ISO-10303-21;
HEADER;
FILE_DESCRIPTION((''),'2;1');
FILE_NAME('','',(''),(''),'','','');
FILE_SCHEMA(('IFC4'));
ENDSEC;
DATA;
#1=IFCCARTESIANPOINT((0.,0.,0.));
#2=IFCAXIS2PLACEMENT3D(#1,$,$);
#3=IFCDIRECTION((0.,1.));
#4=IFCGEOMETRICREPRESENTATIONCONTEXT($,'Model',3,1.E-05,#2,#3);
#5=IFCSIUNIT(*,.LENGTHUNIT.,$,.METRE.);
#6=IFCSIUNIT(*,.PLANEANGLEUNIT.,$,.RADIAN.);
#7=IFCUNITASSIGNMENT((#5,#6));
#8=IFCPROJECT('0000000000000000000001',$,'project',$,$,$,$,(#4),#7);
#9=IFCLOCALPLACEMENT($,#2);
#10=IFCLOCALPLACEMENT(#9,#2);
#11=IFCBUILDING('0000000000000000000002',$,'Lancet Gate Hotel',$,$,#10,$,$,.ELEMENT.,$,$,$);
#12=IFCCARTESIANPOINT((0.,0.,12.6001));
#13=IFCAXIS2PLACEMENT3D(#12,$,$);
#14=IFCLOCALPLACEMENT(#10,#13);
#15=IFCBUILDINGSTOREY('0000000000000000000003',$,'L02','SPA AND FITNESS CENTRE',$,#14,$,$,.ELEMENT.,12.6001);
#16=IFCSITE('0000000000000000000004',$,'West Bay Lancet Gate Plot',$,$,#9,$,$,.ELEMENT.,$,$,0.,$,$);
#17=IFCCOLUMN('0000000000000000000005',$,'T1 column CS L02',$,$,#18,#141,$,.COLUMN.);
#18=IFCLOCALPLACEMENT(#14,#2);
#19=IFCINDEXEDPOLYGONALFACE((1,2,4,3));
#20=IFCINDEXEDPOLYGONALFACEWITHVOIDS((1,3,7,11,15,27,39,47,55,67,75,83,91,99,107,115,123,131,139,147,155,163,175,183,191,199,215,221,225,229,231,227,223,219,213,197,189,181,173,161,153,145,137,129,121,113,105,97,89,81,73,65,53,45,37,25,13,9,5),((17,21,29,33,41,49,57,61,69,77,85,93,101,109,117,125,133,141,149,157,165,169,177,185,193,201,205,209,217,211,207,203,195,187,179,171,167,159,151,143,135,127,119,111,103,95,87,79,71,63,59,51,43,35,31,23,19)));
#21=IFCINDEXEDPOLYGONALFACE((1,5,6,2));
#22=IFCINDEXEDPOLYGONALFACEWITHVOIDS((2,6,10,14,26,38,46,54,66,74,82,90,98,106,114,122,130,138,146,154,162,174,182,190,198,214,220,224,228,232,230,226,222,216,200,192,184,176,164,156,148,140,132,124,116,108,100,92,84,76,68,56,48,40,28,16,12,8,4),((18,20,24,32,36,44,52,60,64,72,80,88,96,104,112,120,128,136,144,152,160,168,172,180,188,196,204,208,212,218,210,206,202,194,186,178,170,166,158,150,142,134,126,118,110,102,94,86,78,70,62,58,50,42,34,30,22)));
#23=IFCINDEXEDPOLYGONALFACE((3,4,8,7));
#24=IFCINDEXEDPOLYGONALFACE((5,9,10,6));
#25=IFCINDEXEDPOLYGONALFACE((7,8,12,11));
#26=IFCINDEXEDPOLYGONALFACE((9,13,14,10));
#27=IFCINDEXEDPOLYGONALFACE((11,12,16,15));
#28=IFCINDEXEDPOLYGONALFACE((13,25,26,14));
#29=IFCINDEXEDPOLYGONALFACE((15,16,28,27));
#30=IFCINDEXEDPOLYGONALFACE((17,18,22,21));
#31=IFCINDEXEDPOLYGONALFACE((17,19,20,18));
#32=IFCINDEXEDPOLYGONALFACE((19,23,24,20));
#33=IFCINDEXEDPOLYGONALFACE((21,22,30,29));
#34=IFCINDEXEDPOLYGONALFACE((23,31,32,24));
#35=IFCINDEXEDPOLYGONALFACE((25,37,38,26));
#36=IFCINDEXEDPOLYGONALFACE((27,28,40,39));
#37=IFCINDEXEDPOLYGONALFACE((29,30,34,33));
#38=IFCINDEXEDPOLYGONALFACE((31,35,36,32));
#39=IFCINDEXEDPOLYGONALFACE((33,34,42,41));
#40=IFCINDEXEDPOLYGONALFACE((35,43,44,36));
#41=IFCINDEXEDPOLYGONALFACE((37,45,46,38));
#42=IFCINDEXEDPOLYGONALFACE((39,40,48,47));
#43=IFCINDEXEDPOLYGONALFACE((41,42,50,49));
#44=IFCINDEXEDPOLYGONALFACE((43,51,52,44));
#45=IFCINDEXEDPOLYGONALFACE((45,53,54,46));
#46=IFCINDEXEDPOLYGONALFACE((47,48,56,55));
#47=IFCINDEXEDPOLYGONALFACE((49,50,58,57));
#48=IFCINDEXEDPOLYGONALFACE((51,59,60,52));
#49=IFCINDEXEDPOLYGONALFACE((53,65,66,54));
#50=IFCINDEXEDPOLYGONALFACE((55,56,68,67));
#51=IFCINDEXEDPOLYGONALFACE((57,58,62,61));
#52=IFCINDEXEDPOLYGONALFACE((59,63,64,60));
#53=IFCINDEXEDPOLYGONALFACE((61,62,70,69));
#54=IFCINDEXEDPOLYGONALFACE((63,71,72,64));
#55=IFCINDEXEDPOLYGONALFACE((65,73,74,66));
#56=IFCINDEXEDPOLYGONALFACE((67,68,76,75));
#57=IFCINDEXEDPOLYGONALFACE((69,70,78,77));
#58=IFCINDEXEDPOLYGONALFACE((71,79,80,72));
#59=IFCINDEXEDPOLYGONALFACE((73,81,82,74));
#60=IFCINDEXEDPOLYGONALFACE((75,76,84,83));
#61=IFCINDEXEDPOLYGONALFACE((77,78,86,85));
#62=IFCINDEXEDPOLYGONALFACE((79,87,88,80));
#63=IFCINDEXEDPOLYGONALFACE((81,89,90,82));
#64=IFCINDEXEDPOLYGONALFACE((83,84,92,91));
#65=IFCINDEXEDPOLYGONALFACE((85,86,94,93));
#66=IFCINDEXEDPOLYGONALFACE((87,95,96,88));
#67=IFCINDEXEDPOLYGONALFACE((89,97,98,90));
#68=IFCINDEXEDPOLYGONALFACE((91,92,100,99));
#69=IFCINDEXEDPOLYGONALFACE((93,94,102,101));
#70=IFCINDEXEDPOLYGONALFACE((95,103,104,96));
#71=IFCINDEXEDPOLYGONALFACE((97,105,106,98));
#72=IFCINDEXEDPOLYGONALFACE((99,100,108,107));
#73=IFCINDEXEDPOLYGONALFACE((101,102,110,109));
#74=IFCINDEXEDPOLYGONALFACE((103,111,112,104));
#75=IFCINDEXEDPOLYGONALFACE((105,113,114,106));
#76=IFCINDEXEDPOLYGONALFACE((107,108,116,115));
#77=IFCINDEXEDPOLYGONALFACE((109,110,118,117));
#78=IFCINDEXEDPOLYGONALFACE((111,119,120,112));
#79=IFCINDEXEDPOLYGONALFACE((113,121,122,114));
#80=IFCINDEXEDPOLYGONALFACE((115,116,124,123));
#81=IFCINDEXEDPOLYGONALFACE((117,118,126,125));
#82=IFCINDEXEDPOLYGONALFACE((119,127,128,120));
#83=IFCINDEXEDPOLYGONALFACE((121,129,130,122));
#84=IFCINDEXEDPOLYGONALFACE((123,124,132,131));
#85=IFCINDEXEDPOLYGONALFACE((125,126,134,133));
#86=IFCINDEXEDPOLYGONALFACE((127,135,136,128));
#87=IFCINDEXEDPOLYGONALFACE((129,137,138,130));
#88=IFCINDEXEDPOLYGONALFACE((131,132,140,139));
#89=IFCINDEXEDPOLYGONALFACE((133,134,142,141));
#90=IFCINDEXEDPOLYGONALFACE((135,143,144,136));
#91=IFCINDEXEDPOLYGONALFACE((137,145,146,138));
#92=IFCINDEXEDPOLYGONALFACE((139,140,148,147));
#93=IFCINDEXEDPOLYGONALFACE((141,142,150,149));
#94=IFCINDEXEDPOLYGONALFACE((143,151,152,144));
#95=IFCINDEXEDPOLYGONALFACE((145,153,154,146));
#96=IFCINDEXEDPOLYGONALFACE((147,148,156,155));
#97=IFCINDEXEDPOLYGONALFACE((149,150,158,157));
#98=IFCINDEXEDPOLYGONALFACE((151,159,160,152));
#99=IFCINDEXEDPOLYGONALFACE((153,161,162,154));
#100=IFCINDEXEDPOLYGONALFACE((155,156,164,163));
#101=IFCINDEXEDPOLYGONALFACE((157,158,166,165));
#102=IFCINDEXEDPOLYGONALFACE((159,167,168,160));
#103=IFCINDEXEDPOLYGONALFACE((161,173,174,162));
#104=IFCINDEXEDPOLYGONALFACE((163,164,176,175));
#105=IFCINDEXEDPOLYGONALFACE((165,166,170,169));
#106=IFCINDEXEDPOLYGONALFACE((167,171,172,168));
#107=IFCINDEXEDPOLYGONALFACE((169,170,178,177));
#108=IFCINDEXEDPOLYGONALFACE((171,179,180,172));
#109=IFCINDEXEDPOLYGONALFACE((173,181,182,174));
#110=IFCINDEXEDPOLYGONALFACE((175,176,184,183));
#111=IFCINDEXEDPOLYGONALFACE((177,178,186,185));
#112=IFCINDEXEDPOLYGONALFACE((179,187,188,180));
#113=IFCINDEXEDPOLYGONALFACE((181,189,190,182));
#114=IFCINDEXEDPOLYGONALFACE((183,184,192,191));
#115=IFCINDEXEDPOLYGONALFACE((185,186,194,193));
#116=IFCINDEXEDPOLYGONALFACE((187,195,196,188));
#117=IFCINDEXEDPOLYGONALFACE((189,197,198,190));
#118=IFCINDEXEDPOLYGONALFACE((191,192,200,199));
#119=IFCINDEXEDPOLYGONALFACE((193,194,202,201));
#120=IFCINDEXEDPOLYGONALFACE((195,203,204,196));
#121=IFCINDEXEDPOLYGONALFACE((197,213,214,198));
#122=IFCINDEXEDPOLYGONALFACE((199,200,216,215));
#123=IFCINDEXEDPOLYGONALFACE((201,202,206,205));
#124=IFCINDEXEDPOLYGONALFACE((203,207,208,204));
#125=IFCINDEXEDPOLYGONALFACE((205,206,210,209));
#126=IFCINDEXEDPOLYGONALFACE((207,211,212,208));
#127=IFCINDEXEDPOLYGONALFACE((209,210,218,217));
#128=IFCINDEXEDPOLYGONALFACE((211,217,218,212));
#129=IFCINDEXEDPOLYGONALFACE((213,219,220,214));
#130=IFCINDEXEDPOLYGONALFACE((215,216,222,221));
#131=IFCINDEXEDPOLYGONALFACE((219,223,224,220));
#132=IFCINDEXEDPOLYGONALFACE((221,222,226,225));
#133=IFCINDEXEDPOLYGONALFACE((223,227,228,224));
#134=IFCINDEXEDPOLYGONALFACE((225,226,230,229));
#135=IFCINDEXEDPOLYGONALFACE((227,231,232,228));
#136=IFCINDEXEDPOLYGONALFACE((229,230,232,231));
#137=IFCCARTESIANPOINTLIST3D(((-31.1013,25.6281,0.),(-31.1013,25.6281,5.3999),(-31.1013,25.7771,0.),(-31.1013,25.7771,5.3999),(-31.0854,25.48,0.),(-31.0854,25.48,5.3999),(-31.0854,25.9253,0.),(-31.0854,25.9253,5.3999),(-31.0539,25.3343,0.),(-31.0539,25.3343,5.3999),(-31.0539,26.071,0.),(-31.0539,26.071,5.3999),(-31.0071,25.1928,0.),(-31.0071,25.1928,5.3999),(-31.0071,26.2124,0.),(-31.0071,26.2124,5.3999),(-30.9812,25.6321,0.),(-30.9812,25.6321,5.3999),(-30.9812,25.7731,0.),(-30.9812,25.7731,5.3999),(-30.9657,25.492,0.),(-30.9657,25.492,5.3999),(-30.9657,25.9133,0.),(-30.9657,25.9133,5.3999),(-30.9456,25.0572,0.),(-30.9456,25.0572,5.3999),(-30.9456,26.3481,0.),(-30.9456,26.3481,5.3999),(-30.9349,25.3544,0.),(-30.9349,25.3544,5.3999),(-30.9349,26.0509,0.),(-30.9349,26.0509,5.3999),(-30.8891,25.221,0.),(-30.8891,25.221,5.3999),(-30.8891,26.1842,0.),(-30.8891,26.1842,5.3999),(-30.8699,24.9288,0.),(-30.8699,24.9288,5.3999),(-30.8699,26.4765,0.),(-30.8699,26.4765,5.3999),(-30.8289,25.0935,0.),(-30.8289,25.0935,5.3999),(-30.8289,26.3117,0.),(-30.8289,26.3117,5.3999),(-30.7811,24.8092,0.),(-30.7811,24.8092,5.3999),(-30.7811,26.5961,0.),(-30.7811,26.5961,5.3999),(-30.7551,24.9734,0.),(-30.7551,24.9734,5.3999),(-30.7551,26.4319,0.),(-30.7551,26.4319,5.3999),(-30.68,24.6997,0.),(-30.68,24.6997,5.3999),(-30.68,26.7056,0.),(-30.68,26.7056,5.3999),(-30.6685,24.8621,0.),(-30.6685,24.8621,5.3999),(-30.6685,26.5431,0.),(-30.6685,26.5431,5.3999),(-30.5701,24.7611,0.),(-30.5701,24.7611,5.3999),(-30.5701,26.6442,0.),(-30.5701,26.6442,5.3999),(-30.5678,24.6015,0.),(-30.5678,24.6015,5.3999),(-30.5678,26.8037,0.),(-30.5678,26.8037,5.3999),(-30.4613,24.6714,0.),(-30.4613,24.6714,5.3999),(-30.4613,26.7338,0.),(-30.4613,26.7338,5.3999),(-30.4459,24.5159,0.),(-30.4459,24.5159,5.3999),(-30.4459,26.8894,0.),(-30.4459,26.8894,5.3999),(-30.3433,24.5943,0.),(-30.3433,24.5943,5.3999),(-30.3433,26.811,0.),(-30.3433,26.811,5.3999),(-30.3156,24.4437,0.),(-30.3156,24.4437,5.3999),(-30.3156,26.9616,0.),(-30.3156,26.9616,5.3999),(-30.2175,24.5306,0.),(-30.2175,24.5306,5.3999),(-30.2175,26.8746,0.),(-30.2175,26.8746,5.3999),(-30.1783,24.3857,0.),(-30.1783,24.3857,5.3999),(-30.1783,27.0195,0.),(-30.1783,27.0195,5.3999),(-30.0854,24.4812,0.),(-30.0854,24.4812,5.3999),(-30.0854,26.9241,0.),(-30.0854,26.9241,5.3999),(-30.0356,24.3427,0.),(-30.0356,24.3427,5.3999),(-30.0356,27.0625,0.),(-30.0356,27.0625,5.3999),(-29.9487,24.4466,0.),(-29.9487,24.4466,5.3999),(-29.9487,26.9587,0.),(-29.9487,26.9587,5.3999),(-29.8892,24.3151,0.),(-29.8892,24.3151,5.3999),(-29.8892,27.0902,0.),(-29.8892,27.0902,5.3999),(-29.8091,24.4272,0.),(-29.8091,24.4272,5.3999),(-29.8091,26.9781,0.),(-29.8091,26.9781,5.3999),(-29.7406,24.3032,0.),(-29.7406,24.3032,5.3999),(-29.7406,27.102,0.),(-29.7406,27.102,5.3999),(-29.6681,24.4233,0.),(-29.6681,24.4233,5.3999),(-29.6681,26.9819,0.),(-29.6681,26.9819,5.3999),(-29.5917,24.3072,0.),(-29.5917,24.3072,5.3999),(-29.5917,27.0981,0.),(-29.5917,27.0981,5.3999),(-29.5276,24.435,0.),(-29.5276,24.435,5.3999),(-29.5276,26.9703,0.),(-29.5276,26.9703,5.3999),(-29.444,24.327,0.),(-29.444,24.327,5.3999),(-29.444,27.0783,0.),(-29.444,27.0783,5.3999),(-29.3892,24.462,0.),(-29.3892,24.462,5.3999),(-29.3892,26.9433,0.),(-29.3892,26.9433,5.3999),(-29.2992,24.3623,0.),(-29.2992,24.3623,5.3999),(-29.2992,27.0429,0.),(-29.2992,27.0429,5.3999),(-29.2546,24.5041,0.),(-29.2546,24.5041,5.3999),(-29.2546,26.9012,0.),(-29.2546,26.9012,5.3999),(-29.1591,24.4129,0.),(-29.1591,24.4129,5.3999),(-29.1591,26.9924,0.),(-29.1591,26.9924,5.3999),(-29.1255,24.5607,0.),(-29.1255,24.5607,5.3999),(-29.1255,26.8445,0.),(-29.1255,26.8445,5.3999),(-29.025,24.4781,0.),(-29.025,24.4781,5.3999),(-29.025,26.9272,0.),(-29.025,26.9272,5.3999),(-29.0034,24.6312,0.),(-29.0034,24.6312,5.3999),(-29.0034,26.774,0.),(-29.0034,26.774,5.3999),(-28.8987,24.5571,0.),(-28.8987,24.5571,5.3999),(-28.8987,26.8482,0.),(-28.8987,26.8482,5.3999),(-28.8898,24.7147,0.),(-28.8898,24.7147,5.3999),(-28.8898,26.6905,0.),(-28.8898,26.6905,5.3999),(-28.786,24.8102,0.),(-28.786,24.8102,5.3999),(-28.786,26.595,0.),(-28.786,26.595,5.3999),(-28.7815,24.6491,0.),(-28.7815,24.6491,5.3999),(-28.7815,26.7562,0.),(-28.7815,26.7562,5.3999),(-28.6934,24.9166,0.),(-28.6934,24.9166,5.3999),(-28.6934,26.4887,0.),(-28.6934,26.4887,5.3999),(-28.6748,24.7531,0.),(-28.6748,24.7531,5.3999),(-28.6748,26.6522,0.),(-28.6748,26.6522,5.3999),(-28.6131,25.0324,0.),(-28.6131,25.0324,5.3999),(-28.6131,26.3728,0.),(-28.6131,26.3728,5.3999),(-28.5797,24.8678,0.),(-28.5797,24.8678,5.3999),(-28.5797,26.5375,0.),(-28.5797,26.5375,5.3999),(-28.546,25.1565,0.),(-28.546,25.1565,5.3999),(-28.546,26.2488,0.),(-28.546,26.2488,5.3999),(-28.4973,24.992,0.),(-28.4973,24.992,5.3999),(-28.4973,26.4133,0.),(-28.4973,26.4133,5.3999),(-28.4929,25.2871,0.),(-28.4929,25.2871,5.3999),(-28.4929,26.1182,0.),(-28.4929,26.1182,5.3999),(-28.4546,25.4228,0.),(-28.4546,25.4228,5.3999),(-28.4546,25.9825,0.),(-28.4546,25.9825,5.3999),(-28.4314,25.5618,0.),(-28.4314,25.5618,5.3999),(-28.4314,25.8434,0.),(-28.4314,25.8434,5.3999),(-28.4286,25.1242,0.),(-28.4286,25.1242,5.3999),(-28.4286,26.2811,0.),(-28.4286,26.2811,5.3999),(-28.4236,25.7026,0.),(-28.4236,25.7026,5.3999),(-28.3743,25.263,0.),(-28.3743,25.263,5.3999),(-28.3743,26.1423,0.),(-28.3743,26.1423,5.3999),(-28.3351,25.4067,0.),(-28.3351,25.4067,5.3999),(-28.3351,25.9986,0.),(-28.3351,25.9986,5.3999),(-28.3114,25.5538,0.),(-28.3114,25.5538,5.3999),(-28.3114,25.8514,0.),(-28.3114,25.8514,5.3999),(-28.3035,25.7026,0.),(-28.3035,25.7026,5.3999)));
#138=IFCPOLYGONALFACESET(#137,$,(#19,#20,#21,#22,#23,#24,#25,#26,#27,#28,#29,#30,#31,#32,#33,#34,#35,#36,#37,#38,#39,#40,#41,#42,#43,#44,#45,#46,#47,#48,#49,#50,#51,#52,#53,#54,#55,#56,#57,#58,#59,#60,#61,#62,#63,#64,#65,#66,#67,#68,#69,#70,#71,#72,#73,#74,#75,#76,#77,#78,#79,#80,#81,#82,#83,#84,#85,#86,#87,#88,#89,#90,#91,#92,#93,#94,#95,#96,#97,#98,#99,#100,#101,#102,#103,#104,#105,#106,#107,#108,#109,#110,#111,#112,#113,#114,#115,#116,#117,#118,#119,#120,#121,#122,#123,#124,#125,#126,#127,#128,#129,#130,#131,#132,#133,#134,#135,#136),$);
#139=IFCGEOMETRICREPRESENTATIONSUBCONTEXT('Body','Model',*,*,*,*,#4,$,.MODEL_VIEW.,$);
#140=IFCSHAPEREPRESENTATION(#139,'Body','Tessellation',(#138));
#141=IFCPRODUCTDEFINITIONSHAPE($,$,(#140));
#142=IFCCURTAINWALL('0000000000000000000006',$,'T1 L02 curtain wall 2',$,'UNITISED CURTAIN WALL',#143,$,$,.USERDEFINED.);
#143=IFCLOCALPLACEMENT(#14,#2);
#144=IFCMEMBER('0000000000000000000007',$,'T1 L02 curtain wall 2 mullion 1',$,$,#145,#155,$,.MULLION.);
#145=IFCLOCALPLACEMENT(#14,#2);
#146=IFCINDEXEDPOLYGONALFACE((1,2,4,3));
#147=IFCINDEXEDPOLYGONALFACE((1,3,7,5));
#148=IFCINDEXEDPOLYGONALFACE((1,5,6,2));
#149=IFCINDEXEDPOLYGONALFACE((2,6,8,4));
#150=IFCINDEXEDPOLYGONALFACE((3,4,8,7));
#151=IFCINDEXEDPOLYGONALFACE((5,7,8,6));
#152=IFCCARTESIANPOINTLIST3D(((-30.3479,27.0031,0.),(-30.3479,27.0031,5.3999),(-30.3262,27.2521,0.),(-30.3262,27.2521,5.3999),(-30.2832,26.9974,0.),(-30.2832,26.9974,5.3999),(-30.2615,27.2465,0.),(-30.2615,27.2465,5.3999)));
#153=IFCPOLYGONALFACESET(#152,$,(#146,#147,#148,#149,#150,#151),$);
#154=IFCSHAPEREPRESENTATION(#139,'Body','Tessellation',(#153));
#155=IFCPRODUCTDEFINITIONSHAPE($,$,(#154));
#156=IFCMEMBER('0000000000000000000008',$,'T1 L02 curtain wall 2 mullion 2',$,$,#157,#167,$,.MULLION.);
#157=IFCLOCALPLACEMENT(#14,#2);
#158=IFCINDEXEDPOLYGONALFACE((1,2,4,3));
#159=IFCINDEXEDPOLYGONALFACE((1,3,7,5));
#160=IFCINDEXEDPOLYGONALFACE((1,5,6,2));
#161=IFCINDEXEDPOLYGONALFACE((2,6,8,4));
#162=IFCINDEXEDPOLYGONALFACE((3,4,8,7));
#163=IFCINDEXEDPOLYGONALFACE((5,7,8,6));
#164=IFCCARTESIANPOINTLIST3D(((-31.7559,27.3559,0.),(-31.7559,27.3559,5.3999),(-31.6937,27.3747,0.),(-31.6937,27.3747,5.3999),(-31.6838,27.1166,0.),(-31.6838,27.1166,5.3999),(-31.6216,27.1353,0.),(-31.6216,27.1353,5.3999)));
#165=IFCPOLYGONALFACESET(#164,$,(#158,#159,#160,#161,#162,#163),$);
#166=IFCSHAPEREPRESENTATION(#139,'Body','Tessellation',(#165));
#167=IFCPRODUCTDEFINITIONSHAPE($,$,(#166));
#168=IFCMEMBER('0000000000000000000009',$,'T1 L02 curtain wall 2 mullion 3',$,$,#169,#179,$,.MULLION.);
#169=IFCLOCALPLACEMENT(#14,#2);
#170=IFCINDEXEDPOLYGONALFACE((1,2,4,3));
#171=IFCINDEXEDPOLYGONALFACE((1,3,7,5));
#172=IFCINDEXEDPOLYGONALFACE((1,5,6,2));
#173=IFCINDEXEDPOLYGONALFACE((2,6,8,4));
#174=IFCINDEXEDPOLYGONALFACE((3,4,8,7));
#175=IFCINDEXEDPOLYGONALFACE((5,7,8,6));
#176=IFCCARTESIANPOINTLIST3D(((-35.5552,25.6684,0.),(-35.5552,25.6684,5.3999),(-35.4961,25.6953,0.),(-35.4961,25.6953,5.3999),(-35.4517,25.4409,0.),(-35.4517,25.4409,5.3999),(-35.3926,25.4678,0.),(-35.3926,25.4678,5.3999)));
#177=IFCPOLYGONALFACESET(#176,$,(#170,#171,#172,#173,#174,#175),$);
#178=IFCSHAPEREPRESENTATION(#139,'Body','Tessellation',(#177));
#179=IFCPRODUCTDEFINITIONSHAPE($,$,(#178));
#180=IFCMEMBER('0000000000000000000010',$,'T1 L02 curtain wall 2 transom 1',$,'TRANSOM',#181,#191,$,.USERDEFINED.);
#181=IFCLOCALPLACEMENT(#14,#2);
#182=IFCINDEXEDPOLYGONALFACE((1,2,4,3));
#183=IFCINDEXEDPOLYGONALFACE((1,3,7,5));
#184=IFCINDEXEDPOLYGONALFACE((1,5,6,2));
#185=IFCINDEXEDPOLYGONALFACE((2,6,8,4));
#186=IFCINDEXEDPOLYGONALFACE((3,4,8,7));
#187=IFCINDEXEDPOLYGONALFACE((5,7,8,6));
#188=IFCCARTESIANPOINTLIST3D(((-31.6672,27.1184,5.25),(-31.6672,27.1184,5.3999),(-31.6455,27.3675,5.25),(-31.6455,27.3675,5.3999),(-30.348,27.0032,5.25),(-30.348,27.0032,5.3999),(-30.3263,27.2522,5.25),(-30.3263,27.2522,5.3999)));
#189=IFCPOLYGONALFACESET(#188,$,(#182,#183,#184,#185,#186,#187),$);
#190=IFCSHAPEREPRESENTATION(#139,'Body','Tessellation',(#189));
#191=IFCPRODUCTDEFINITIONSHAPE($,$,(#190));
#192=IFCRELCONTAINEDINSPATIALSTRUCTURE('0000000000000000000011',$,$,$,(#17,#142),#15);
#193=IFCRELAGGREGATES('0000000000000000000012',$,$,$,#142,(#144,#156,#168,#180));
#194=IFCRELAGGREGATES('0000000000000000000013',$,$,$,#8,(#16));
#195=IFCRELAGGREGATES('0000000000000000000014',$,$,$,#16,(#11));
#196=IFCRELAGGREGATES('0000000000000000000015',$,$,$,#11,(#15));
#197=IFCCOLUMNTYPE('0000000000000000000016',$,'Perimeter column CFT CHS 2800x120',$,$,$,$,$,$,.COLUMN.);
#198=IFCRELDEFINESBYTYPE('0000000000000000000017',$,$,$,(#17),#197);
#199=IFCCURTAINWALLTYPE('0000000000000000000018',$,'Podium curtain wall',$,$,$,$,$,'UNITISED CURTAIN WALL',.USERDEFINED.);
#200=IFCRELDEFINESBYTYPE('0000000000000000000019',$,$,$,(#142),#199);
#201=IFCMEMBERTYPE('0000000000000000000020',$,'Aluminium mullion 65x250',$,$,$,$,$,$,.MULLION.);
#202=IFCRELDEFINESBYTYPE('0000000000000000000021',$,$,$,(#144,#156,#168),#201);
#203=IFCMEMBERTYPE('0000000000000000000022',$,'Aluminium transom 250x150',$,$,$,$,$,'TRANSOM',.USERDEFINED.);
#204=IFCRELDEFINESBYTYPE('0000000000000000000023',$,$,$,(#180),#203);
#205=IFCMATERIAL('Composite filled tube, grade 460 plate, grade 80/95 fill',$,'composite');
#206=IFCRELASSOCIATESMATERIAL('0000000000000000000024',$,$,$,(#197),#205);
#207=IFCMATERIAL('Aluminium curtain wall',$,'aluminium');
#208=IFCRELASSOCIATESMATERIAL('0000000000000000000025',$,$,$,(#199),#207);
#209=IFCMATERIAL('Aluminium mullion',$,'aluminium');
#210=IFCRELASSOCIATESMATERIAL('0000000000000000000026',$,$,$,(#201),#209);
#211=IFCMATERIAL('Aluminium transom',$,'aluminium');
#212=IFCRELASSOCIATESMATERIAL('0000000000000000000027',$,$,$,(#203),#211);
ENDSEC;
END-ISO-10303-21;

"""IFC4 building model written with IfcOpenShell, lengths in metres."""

from ifc_helpers import new_model, si_unit, direction, frame, origin, origin_2d, place, context, subcontext, project, spatial, rectangle, hollow_circle, extrude, material, material_profile, profile_set, type_object, element, aggregate, save


model = new_model("IFC4")

# Units and contexts
model_context = context("Model", 3, precision=1e-05, world=origin(), true_north=direction((0.0, 1.0)))
body_context = subcontext(model_context, "Body", "Model", "MODEL_VIEW")
ifc_project = project(units=[si_unit("LENGTHUNIT", "METRE"), si_unit("PLANEANGLEUNIT", "RADIAN")], contexts=[model_context])

# Site, building, storey
site_placement = place(None, origin())
site = spatial("IfcSite", under=ifc_project, at=site_placement, Name="West Bay Lancet Gate Plot", CompositionType="ELEMENT", RefElevation=0.0)
building_placement = place(site_placement, origin())
building = spatial("IfcBuilding", under=site, at=building_placement, Name="Lancet Gate Hotel", CompositionType="ELEMENT")
storey_placement = place(building_placement, frame((0.0, 0.0, 12.6001)))
storey = spatial("IfcBuildingStorey", under=building, at=storey_placement, Name="L02", Description="SPA AND FITNESS CENTRE", CompositionType="ELEMENT", Elevation=12.6001)

# Column
ifc_material_1 = material(Name="Composite filled tube, grade 460 plate, grade 80/95 fill", Category="composite")
ifc_material_profile_1 = material_profile(ifc_material_1, hollow_circle(Radius=1.3999, WallThickness=0.1201, at=origin_2d()), Name="CHS 2800x120")
ifc_profile_set_1 = profile_set([ifc_material_profile_1], Name="Composite filled tube, grade 460 plate, grade 80/95 fill")
column_type = type_object("IfcColumnType", Name="Perimeter column CFT CHS 2800x120", PredefinedType="COLUMN", material=ifc_profile_set_1)
column_placement = place(storey_placement, frame((-29.7034, 25.7026, 0.0), z_axis=(0.0, 0.0, 1.0), x_axis=(1.0, 0.0, 0.0)))
element("IfcColumn", 1, at=column_placement, inside=storey, type_object=column_type, Name="T1 column CS L02", PredefinedType="COLUMN", context=body_context, shape_type="SweptSolid", body=[
    extrude(hollow_circle(Radius=1.3999, WallThickness=0.1201, at=origin_2d()), origin(), (0.0, 0.0, 1.0), 5.3999),
])

# Curtain wall, members
ifc_material_2 = material(Name="Aluminium curtain wall", Category="aluminium")
curtain_wall_type = type_object("IfcCurtainWallType", Name="Podium curtain wall", ElementType="UNITISED CURTAIN WALL", PredefinedType="USERDEFINED", material=ifc_material_2)
curtain_wall_placement = place(storey_placement, origin())
curtain_wall = element("IfcCurtainWall", 2, at=curtain_wall_placement, inside=storey, type_object=curtain_wall_type, Name="T1 L02 curtain wall 2", ObjectType="UNITISED CURTAIN WALL", PredefinedType="USERDEFINED")
ifc_material_3 = material(Name="Aluminium mullion", Category="aluminium")
ifc_material_profile_2 = material_profile(ifc_material_3, rectangle(XDim=0.0649, YDim=0.25, at=origin_2d()), Name="MULLION 65x250")
ifc_profile_set_2 = profile_set([ifc_material_profile_2], Name="Aluminium mullion")
member_type_1 = type_object("IfcMemberType", Name="Aluminium mullion 65x250", PredefinedType="MULLION", material=ifc_profile_set_2)
member_1_placement = place(storey_placement, frame((-30.3047, 27.1248, 0.0), z_axis=(0.0, 0.0, 1.0), x_axis=(-0.996204, 0.087052, 0.0)))
member_1 = element("IfcMember", 3, at=member_1_placement, type_object=member_type_1, Name="T1 L02 curtain wall 2 mullion 1", PredefinedType="MULLION", context=body_context, shape_type="SweptSolid", body=[
    extrude(rectangle(XDim=0.0649, YDim=0.25, at=origin_2d()), origin(), (0.0, 0.0, 1.0), 5.3999),
])
member_2_placement = place(storey_placement, frame((-31.6887, 27.2456, 0.0), z_axis=(0.0, 0.0, 1.0), x_axis=(-0.957524, -0.288352, 0.0)))
member_2 = element("IfcMember", 4, at=member_2_placement, type_object=member_type_1, Name="T1 L02 curtain wall 2 mullion 2", PredefinedType="MULLION", context=body_context, shape_type="SweptSolid", body=[
    extrude(rectangle(XDim=0.0649, YDim=0.25, at=origin_2d()), origin(), (0.0, 0.0, 1.0), 5.3999),
])
member_3_placement = place(storey_placement, frame((-35.4739, 25.5681, 0.0), z_axis=(0.0, 0.0, 1.0), x_axis=(-0.91022, -0.414126, 0.0)))
member_3 = element("IfcMember", 5, at=member_3_placement, type_object=member_type_1, Name="T1 L02 curtain wall 2 mullion 3", PredefinedType="MULLION", context=body_context, shape_type="SweptSolid", body=[
    extrude(rectangle(XDim=0.0649, YDim=0.25, at=origin_2d()), origin(), (0.0, 0.0, 1.0), 5.3999),
])
ifc_material_4 = material(Name="Aluminium transom", Category="aluminium")
ifc_material_profile_3 = material_profile(ifc_material_4, rectangle(XDim=0.25, YDim=0.1499, at=origin_2d()), Name="TRANSOM 250x150")
ifc_profile_set_3 = profile_set([ifc_material_profile_3], Name="Aluminium transom")
member_type_2 = type_object("IfcMemberType", Name="Aluminium transom 250x150", ElementType="TRANSOM", PredefinedType="USERDEFINED", material=ifc_profile_set_3)
member_4_placement = place(storey_placement, frame((-30.3372, 27.1277, 5.325), z_axis=(-0.996206, 0.087027, 0.0), x_axis=(-0.087027, -0.996206, 0.0)))
member_4 = element("IfcMember", 6, at=member_4_placement, type_object=member_type_2, Name="T1 L02 curtain wall 2 transom 1", ObjectType="TRANSOM", PredefinedType="USERDEFINED", context=body_context, shape_type="SweptSolid", body=[
    extrude(rectangle(XDim=0.25, YDim=0.1499, at=origin_2d()), origin(), (0.0, 0.0, 1.0), 1.3242),
])

aggregate(curtain_wall, [member_1, member_2, member_3, member_4])

save(model, "model.ifc")
